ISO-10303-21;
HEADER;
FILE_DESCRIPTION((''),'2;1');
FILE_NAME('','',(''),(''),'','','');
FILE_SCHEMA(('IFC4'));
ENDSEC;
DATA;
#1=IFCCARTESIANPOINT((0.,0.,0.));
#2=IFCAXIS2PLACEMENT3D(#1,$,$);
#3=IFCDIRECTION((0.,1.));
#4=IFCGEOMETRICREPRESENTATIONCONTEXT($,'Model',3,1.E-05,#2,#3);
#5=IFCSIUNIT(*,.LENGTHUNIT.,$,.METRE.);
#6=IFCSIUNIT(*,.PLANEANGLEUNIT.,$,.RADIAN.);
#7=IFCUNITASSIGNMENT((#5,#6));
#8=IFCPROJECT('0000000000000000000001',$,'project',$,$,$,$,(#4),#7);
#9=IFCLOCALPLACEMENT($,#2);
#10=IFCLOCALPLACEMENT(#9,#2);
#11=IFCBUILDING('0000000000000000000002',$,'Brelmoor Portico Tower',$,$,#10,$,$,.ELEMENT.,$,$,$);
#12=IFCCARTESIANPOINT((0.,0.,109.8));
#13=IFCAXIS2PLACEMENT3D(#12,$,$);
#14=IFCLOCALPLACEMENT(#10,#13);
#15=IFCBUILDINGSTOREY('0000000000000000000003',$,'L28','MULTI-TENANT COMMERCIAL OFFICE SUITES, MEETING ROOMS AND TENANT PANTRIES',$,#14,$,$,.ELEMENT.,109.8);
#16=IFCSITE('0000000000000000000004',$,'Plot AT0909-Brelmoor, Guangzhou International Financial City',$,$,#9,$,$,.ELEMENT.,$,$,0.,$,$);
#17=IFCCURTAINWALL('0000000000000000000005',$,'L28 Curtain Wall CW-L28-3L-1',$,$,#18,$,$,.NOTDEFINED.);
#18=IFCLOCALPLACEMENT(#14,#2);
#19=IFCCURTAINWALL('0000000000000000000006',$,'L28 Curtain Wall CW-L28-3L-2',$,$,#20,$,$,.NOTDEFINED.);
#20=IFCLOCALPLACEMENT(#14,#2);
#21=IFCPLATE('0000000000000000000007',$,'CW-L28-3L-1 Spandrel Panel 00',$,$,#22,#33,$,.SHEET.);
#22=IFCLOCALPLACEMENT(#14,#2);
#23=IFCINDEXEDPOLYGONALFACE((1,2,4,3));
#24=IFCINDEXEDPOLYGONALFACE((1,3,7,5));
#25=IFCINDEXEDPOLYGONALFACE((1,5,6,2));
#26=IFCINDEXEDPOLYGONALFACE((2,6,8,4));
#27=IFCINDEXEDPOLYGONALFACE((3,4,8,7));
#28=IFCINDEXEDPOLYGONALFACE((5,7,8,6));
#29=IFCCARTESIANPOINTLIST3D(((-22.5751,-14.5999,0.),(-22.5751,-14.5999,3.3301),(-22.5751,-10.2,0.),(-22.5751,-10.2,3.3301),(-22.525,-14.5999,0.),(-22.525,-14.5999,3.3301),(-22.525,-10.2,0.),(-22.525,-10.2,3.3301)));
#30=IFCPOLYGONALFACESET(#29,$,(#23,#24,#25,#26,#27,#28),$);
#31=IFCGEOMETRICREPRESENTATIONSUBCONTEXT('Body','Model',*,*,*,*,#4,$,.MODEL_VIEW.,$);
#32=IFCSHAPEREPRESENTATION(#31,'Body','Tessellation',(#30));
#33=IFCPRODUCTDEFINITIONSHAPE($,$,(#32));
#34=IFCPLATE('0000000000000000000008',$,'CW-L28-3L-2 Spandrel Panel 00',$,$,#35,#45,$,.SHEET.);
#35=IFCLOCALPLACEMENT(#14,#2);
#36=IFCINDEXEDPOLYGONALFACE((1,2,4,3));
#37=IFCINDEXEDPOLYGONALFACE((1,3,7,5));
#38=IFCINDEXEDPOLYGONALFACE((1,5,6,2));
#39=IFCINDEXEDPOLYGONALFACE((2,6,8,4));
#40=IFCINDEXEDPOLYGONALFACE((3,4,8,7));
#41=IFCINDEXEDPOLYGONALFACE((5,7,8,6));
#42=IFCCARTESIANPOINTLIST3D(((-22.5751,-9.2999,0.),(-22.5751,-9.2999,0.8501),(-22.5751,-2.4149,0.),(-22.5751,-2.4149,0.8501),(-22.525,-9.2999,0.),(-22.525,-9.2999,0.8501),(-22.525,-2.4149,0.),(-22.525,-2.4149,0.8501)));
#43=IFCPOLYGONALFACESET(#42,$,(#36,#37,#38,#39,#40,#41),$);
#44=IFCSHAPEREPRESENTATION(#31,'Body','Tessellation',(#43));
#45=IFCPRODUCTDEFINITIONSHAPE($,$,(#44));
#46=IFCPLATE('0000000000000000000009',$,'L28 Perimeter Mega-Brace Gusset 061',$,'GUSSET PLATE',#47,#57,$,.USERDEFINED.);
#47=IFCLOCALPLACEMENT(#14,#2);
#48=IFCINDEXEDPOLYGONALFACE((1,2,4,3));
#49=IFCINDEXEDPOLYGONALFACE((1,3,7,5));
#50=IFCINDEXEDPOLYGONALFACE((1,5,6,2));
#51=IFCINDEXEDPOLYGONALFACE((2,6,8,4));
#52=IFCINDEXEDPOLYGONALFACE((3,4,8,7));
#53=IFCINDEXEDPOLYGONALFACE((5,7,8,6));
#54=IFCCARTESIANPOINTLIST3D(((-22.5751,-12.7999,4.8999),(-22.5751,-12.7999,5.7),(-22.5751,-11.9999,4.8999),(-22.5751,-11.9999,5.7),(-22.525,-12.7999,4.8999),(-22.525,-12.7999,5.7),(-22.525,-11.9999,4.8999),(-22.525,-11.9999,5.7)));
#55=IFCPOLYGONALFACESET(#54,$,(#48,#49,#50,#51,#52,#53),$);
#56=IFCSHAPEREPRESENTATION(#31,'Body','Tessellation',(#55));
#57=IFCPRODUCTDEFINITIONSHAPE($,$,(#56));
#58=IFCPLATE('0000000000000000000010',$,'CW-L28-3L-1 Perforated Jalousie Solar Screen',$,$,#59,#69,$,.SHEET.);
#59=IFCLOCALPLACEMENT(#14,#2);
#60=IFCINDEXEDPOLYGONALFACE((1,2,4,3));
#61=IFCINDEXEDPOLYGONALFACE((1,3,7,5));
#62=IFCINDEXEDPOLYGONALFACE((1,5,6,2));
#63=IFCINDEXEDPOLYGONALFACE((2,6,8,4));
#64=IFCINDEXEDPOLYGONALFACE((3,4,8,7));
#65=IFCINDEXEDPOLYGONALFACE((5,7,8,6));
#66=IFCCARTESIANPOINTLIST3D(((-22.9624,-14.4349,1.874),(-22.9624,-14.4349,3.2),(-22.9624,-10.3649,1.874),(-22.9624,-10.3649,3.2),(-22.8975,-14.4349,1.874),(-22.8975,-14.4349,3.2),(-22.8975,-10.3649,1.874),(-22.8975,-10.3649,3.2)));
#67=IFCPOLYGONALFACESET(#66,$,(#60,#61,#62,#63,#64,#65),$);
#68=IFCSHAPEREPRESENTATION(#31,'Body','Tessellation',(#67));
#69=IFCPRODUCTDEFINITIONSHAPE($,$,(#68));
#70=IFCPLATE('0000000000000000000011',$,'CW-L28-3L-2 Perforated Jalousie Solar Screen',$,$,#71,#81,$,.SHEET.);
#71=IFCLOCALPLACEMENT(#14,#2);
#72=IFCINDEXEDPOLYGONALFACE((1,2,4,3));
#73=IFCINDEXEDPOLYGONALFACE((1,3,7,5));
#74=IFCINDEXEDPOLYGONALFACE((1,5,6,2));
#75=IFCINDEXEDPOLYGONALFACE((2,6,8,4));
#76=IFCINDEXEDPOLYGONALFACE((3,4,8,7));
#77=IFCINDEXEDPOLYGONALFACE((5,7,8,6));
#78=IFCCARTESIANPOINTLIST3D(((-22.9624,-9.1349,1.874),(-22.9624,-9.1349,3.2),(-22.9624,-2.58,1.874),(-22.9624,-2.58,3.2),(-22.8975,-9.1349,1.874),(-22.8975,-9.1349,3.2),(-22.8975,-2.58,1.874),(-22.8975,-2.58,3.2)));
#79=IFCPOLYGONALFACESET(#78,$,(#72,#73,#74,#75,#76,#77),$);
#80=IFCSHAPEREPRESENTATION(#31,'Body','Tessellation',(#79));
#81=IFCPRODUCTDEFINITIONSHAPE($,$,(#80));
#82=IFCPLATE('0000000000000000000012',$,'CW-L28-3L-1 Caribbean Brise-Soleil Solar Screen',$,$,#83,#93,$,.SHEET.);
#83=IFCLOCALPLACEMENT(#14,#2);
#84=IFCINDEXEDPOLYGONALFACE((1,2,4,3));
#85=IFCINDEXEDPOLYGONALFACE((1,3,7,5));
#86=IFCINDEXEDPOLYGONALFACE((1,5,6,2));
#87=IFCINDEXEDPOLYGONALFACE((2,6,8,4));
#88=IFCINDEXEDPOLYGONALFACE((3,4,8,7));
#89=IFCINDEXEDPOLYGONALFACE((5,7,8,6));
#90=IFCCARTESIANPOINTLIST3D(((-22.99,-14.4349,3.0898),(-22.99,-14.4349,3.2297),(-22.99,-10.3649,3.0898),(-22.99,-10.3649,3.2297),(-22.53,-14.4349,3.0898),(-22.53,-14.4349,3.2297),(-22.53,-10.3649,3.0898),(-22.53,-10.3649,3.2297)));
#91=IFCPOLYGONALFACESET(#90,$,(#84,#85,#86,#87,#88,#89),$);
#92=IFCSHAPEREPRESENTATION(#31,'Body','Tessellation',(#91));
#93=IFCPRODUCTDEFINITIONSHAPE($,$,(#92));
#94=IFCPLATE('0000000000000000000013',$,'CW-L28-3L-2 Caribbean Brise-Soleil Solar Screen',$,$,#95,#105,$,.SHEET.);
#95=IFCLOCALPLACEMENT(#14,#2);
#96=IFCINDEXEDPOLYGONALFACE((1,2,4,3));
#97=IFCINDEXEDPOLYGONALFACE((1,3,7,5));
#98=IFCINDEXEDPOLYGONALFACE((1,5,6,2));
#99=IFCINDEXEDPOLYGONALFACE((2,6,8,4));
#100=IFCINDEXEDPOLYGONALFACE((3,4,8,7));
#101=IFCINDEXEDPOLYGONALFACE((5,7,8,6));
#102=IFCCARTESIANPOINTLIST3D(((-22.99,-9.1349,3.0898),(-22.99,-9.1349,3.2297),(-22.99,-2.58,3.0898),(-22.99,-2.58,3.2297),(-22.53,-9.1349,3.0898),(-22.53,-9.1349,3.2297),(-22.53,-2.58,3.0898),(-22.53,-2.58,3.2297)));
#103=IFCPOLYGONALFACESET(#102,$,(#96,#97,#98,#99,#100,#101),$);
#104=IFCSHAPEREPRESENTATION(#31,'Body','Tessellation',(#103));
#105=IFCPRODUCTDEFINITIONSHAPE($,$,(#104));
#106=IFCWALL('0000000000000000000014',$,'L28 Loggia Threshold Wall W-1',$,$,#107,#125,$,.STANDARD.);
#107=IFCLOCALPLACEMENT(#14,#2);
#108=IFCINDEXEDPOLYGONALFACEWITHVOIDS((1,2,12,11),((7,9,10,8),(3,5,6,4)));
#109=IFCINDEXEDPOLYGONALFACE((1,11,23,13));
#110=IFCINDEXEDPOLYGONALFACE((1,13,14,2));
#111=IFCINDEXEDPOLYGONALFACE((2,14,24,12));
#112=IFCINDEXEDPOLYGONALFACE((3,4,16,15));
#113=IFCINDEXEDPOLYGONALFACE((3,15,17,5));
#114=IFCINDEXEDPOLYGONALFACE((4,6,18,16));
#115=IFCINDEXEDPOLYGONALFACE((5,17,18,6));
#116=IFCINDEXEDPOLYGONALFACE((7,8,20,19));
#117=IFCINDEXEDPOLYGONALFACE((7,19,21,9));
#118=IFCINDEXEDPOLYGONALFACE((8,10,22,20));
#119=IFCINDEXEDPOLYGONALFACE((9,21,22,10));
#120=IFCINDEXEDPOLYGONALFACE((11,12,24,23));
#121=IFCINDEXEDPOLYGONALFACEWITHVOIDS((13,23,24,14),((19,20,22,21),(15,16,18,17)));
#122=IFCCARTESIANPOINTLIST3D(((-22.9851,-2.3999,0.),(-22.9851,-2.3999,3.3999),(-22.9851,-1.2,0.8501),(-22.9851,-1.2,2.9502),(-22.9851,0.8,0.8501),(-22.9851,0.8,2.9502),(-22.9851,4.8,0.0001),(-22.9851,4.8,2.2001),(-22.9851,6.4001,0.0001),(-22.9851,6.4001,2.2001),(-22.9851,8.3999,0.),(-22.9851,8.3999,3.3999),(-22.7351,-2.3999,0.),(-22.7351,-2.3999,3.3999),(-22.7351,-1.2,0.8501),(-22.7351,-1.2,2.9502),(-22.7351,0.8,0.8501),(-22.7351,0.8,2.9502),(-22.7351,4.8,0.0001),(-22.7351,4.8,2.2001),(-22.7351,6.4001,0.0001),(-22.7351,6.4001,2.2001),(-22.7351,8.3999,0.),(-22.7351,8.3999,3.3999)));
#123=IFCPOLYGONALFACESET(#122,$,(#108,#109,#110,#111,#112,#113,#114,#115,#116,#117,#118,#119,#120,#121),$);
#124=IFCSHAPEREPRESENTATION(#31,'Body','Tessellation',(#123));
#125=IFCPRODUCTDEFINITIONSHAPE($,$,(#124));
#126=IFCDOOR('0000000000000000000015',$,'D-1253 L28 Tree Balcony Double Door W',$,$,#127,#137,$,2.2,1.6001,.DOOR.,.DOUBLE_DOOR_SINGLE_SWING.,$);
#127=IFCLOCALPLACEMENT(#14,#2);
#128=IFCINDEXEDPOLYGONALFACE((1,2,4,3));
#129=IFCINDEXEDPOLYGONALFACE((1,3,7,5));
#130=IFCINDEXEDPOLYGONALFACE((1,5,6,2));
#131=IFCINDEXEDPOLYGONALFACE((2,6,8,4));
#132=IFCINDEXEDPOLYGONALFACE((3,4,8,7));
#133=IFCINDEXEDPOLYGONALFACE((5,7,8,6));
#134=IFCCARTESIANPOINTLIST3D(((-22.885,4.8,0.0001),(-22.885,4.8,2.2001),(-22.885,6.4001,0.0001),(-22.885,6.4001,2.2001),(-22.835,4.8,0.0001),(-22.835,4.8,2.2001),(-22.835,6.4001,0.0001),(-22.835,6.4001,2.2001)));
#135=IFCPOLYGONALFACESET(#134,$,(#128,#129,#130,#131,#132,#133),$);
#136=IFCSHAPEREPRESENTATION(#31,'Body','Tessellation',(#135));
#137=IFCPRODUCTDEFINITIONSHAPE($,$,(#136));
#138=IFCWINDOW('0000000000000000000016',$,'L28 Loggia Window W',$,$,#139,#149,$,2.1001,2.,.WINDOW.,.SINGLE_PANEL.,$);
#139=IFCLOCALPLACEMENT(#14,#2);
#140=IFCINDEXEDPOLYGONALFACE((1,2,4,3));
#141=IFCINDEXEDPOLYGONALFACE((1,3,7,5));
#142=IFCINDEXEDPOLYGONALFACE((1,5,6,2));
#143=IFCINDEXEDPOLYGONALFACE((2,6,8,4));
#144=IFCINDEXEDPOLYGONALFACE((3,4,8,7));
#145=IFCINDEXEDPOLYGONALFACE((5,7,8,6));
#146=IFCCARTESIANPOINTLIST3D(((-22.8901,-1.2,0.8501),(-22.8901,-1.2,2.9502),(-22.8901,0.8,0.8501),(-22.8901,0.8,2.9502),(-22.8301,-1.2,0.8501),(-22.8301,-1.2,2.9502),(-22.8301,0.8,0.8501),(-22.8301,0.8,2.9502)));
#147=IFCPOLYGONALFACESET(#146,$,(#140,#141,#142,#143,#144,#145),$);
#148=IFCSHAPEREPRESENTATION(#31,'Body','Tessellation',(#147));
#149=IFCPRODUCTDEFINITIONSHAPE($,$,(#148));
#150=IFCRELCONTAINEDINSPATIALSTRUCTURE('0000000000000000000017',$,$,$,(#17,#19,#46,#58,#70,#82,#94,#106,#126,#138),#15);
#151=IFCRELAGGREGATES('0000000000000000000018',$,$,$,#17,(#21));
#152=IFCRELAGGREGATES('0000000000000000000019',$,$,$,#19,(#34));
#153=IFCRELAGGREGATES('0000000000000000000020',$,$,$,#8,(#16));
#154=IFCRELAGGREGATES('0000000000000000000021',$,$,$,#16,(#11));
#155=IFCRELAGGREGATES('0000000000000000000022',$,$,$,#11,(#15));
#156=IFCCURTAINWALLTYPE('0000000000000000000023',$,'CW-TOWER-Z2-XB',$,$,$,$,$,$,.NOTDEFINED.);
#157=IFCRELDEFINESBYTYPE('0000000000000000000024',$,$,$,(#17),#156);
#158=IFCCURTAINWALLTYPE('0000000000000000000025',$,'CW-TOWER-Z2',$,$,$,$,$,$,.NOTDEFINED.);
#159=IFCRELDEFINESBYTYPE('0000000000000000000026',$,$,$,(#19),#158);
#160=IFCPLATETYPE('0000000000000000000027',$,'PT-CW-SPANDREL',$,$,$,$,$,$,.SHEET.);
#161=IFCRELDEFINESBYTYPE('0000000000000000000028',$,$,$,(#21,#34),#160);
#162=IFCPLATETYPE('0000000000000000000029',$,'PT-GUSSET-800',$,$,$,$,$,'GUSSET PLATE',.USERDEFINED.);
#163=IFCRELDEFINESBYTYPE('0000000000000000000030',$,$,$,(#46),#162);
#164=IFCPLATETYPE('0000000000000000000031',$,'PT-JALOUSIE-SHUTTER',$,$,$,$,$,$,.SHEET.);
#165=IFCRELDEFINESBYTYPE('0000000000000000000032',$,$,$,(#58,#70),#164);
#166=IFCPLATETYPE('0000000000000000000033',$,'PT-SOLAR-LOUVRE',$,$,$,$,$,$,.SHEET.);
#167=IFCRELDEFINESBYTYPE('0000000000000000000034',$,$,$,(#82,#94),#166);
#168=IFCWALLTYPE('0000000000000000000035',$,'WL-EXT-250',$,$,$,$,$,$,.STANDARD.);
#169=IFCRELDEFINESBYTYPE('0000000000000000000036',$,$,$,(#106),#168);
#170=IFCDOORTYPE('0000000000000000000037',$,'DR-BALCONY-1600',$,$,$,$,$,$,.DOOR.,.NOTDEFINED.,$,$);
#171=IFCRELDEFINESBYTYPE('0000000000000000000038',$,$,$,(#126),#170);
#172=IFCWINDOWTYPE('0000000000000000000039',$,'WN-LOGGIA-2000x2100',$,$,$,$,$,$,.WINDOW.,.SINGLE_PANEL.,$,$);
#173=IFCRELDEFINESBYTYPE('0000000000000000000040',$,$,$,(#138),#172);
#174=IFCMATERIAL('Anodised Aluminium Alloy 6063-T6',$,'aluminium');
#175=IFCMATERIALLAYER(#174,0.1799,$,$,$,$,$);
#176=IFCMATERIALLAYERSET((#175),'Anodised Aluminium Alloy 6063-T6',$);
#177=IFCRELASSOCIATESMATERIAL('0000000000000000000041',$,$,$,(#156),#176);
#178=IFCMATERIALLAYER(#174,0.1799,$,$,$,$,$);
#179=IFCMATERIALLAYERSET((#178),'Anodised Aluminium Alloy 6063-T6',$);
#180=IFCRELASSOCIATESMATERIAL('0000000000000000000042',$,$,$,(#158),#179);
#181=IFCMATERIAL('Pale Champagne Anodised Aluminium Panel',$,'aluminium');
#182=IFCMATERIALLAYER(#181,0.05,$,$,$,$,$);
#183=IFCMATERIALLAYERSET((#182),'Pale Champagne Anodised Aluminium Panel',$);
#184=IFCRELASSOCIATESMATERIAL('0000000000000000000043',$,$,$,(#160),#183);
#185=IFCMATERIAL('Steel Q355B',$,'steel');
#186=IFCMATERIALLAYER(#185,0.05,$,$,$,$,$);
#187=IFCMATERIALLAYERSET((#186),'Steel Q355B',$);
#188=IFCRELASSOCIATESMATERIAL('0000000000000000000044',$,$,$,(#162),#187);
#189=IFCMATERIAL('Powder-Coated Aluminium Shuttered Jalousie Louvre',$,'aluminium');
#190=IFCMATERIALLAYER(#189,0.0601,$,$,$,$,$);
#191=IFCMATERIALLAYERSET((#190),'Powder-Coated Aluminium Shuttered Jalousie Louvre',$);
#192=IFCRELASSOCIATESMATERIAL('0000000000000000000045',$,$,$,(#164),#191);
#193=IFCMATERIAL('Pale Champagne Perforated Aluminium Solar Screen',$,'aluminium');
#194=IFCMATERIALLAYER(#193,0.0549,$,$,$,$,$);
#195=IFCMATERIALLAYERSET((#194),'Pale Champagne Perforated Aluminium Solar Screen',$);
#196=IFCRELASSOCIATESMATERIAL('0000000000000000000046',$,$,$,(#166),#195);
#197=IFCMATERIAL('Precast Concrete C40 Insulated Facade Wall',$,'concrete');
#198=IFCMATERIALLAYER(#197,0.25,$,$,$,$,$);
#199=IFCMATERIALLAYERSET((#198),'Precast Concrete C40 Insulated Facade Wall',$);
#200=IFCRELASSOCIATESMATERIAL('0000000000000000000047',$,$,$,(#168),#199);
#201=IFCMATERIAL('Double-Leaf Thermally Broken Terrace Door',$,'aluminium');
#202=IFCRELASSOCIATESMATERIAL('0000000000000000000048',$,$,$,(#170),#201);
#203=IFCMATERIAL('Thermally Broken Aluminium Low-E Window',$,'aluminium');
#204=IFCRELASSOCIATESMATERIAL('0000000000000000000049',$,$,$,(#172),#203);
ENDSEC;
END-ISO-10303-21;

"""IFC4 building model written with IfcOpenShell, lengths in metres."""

from ifc_helpers import new_model, si_unit, direction, frame, frame_2d, origin, origin_2d, place, context, subcontext, project, spatial, rectangle, extrude, material, layer, layer_set, type_object, element, fill, aggregate, save


model = new_model("IFC4")

# Units and contexts
model_context = context("Model", 3, precision=1e-05, world=origin(), true_north=direction((0.0, 1.0)))
body_context = subcontext(model_context, "Body", "Model", "MODEL_VIEW")
ifc_project = project(units=[si_unit("LENGTHUNIT", "METRE"), si_unit("PLANEANGLEUNIT", "RADIAN")], contexts=[model_context])

# Site, building, storey
site_placement = place(None, origin())
site = spatial("IfcSite", under=ifc_project, at=site_placement, Name="Plot AT0909-Brelmoor, Guangzhou International Financial City", CompositionType="ELEMENT", RefElevation=0.0)
building_placement = place(site_placement, origin())
building = spatial("IfcBuilding", under=site, at=building_placement, Name="Brelmoor Portico Tower", CompositionType="ELEMENT")
storey_placement = place(building_placement, frame((0.0, 0.0, 109.8)))
storey = spatial("IfcBuildingStorey", under=building, at=storey_placement, Name="L28", Description="MULTI-TENANT COMMERCIAL OFFICE SUITES, MEETING ROOMS AND TENANT PANTRIES", CompositionType="ELEMENT", Elevation=109.8)

# Shared definitions
ifc_material_1 = material(Name="Steel Q355B", Category="steel")

# Curtain wall
ifc_material_2 = material(Name="Anodised Aluminium Alloy 6063-T6", Category="aluminium")
ifc_layer_1 = layer(ifc_material_2, 0.1799)
ifc_layer_set_1 = layer_set([ifc_layer_1], Name="Anodised Aluminium Alloy 6063-T6")
curtain_wall_type_1 = type_object("IfcCurtainWallType", Name="CW-TOWER-Z2-XB", PredefinedType="NOTDEFINED", material=ifc_layer_set_1)
curtain_wall_1_placement = place(storey_placement, origin())
curtain_wall_1 = element("IfcCurtainWall", 1, at=curtain_wall_1_placement, inside=storey, type_object=curtain_wall_type_1, Name="L28 Curtain Wall CW-L28-3L-1", PredefinedType="NOTDEFINED")

# Curtain wall
ifc_layer_2 = layer(ifc_material_2, 0.1799)
ifc_layer_set_2 = layer_set([ifc_layer_2], Name="Anodised Aluminium Alloy 6063-T6")
curtain_wall_type_2 = type_object("IfcCurtainWallType", Name="CW-TOWER-Z2", PredefinedType="NOTDEFINED", material=ifc_layer_set_2)
curtain_wall_2_placement = place(storey_placement, origin())
curtain_wall_2 = element("IfcCurtainWall", 2, at=curtain_wall_2_placement, inside=storey, type_object=curtain_wall_type_2, Name="L28 Curtain Wall CW-L28-3L-2", PredefinedType="NOTDEFINED")

# Plates
ifc_material_3 = material(Name="Pale Champagne Anodised Aluminium Panel", Category="aluminium")
ifc_layer_3 = layer(ifc_material_3, 0.05)
ifc_layer_set_3 = layer_set([ifc_layer_3], Name="Pale Champagne Anodised Aluminium Panel")
plate_type_1 = type_object("IfcPlateType", Name="PT-CW-SPANDREL", PredefinedType="SHEET", material=ifc_layer_set_3)
plate_1_placement = place(storey_placement, frame((-22.55, -12.3999, 0.0), z_axis=(0.0, 0.0, 1.0), x_axis=(0.0, 1.0, 0.0)))
plate_1 = element("IfcPlate", 3, at=plate_1_placement, type_object=plate_type_1, Name="CW-L28-3L-1 Spandrel Panel 00", PredefinedType="SHEET", context=body_context, shape_type="SweptSolid", body=[
    extrude(rectangle(XDim=4.3999, YDim=0.05, at=origin_2d()), origin(), (0.0, 0.0, 1.0), 3.3301),
])
aggregate(curtain_wall_1, [plate_1])
plate_2_placement = place(storey_placement, frame((-22.55, -5.8574, 0.0), z_axis=(0.0, 0.0, 1.0), x_axis=(0.0, 1.0, 0.0)))
plate_2 = element("IfcPlate", 4, at=plate_2_placement, type_object=plate_type_1, Name="CW-L28-3L-2 Spandrel Panel 00", PredefinedType="SHEET", context=body_context, shape_type="SweptSolid", body=[
    extrude(rectangle(XDim=6.885, YDim=0.05, at=origin_2d()), origin(), (0.0, 0.0, 1.0), 0.8501),
])
aggregate(curtain_wall_2, [plate_2])

# Plates
ifc_layer_4 = layer(ifc_material_1, 0.05)
ifc_layer_set_4 = layer_set([ifc_layer_4], Name="Steel Q355B")
plate_type_2 = type_object("IfcPlateType", Name="PT-GUSSET-800", ElementType="GUSSET PLATE", PredefinedType="USERDEFINED", material=ifc_layer_set_4)
plate_3_placement = place(storey_placement, frame((-22.55, -12.3999, 4.8999), z_axis=(0.0, 0.0, 1.0), x_axis=(1.0, 0.0, 0.0)))
element("IfcPlate", 5, at=plate_3_placement, inside=storey, type_object=plate_type_2, Name="L28 Perimeter Mega-Brace Gusset 061", ObjectType="GUSSET PLATE", PredefinedType="USERDEFINED", context=body_context, shape_type="SweptSolid", body=[
    extrude(rectangle(XDim=0.05, YDim=0.8, at=origin_2d()), origin(), (0.0, 0.0, 1.0), 0.8),
])
ifc_material_4 = material(Name="Powder-Coated Aluminium Shuttered Jalousie Louvre", Category="aluminium")
ifc_layer_5 = layer(ifc_material_4, 0.0601)
ifc_layer_set_5 = layer_set([ifc_layer_5], Name="Powder-Coated Aluminium Shuttered Jalousie Louvre")
plate_type_3 = type_object("IfcPlateType", Name="PT-JALOUSIE-SHUTTER", PredefinedType="SHEET", material=ifc_layer_set_5)
plate_4_placement = place(storey_placement, frame((-22.9299, -12.3999, 1.874), z_axis=(0.0, 0.0, 1.0), x_axis=(0.0, 1.0, 0.0)))
element("IfcPlate", 6, at=plate_4_placement, inside=storey, type_object=plate_type_3, Name="CW-L28-3L-1 Perforated Jalousie Solar Screen", PredefinedType="SHEET", context=body_context, shape_type="SweptSolid", body=[
    extrude(rectangle(XDim=4.0701, YDim=0.0649, at=origin_2d()), origin(), (0.0, 0.0, 1.0), 1.3259),
])
plate_5_placement = place(storey_placement, frame((-22.9299, -5.8574, 1.874), z_axis=(0.0, 0.0, 1.0), x_axis=(0.0, 1.0, 0.0)))
element("IfcPlate", 7, at=plate_5_placement, inside=storey, type_object=plate_type_3, Name="CW-L28-3L-2 Perforated Jalousie Solar Screen", PredefinedType="SHEET", context=body_context, shape_type="SweptSolid", body=[
    extrude(rectangle(XDim=6.5549, YDim=0.0649, at=origin_2d()), origin(), (0.0, 0.0, 1.0), 1.3259),
])
ifc_material_5 = material(Name="Pale Champagne Perforated Aluminium Solar Screen", Category="aluminium")
ifc_layer_6 = layer(ifc_material_5, 0.0549)
ifc_layer_set_6 = layer_set([ifc_layer_6], Name="Pale Champagne Perforated Aluminium Solar Screen")
plate_type_4 = type_object("IfcPlateType", Name="PT-SOLAR-LOUVRE", PredefinedType="SHEET", material=ifc_layer_set_6)
plate_6_placement = place(storey_placement, frame((-22.76, -12.3999, 3.0898), z_axis=(0.0, 0.0, 1.0), x_axis=(0.0, 1.0, 0.0)))
element("IfcPlate", 8, at=plate_6_placement, inside=storey, type_object=plate_type_4, Name="CW-L28-3L-1 Caribbean Brise-Soleil Solar Screen", PredefinedType="SHEET", context=body_context, shape_type="SweptSolid", body=[
    extrude(rectangle(XDim=4.0701, YDim=0.46, at=origin_2d()), origin(), (0.0, 0.0, 1.0), 0.1399),
])
plate_7_placement = place(storey_placement, frame((-22.76, -5.8574, 3.0898), z_axis=(0.0, 0.0, 1.0), x_axis=(0.0, 1.0, 0.0)))
element("IfcPlate", 9, at=plate_7_placement, inside=storey, type_object=plate_type_4, Name="CW-L28-3L-2 Caribbean Brise-Soleil Solar Screen", PredefinedType="SHEET", context=body_context, shape_type="SweptSolid", body=[
    extrude(rectangle(XDim=6.5549, YDim=0.46, at=origin_2d()), origin(), (0.0, 0.0, 1.0), 0.1399),
])

# Wall, openings, door, window
ifc_material_6 = material(Name="Precast Concrete C40 Insulated Facade Wall", Category="concrete")
ifc_layer_7 = layer(ifc_material_6, 0.25)
ifc_layer_set_7 = layer_set([ifc_layer_7], Name="Precast Concrete C40 Insulated Facade Wall")
wall_type_1 = type_object("IfcWallType", Name="WL-EXT-250", PredefinedType="STANDARD", material=ifc_layer_set_7)
wall_1_placement = place(storey_placement, frame((-22.8601, -2.3999, 0.0), z_axis=(0.0, 0.0, 1.0), x_axis=(0.0, 1.0, 0.0)))
wall_1 = element("IfcWall", 10, at=wall_1_placement, inside=storey, type_object=wall_type_1, Name="L28 Loggia Threshold Wall W-1", PredefinedType="STANDARD", context=body_context, shape_type="SweptSolid", body=[
    extrude(rectangle(XDim=10.7998, YDim=0.25, at=frame_2d((5.3999, 0.0))), origin(), (0.0, 0.0, 1.0), 3.3999),
])
opening_1_placement = place(wall_1_placement, frame((7.2, 0.0, 0.0)))
opening_1 = element("IfcOpeningElement", 11, at=opening_1_placement, cuts=wall_1, PredefinedType="OPENING", context=body_context, shape_type="SweptSolid", body=[
    extrude(rectangle(XDim=1.6001, YDim=2.2, at=frame_2d((0.8, 1.1001))), frame((0.0, 0.135, 0.0), z_axis=(0.0, -1.0, 0.0), x_axis=(1.0, 0.0, 0.0)), (0.0, 0.0, 1.0), 0.27),
])
opening_2_placement = place(wall_1_placement, frame((1.2, 0.0, 0.8501)))
opening_2 = element("IfcOpeningElement", 12, at=opening_2_placement, cuts=wall_1, PredefinedType="OPENING", context=body_context, shape_type="SweptSolid", body=[
    extrude(rectangle(XDim=2.0, YDim=2.1001, at=frame_2d((1.0, 1.05))), frame((0.0, 0.135, 0.0), z_axis=(0.0, -1.0, 0.0), x_axis=(1.0, 0.0, 0.0)), (0.0, 0.0, 1.0), 0.27),
])
ifc_material_7 = material(Name="Double-Leaf Thermally Broken Terrace Door", Category="aluminium")
door_type_1 = type_object("IfcDoorType", Name="DR-BALCONY-1600", OperationType="NOTDEFINED", PredefinedType="DOOR", material=ifc_material_7)
door_1_placement = place(opening_1_placement, origin())
door_1 = element("IfcDoor", 13, at=door_1_placement, inside=storey, type_object=door_type_1, Name="D-1253 L28 Tree Balcony Double Door W", OperationType="DOUBLE_DOOR_SINGLE_SWING", OverallHeight=2.2, OverallWidth=1.6001, PredefinedType="DOOR", context=body_context, shape_type="SweptSolid", body=[
    extrude(rectangle(XDim=1.6001, YDim=2.2, at=frame_2d((0.8, 1.1001))), frame((0.0, 0.0249, 0.0), z_axis=(0.0, -1.0, 0.0), x_axis=(1.0, 0.0, 0.0)), (0.0, 0.0, 1.0), 0.05),
])
fill(opening_1, door_1)
ifc_material_8 = material(Name="Thermally Broken Aluminium Low-E Window", Category="aluminium")
window_type = type_object("IfcWindowType", Name="WN-LOGGIA-2000x2100", PartitioningType="SINGLE_PANEL", PredefinedType="WINDOW", material=ifc_material_8)
window_placement = place(opening_2_placement, origin())
window = element("IfcWindow", 14, at=window_placement, inside=storey, type_object=window_type, Name="L28 Loggia Window W", OverallHeight=2.1001, OverallWidth=2.0, PartitioningType="SINGLE_PANEL", PredefinedType="WINDOW", context=body_context, shape_type="SweptSolid", body=[
    extrude(rectangle(XDim=2.0, YDim=2.1001, at=frame_2d((1.0, 1.05))), frame((0.0, 0.03, 0.0), z_axis=(0.0, -1.0, 0.0), x_axis=(1.0, 0.0, 0.0)), (0.0, 0.0, 1.0), 0.0601),
])
fill(opening_2, window)

save(model, "model.ifc")
